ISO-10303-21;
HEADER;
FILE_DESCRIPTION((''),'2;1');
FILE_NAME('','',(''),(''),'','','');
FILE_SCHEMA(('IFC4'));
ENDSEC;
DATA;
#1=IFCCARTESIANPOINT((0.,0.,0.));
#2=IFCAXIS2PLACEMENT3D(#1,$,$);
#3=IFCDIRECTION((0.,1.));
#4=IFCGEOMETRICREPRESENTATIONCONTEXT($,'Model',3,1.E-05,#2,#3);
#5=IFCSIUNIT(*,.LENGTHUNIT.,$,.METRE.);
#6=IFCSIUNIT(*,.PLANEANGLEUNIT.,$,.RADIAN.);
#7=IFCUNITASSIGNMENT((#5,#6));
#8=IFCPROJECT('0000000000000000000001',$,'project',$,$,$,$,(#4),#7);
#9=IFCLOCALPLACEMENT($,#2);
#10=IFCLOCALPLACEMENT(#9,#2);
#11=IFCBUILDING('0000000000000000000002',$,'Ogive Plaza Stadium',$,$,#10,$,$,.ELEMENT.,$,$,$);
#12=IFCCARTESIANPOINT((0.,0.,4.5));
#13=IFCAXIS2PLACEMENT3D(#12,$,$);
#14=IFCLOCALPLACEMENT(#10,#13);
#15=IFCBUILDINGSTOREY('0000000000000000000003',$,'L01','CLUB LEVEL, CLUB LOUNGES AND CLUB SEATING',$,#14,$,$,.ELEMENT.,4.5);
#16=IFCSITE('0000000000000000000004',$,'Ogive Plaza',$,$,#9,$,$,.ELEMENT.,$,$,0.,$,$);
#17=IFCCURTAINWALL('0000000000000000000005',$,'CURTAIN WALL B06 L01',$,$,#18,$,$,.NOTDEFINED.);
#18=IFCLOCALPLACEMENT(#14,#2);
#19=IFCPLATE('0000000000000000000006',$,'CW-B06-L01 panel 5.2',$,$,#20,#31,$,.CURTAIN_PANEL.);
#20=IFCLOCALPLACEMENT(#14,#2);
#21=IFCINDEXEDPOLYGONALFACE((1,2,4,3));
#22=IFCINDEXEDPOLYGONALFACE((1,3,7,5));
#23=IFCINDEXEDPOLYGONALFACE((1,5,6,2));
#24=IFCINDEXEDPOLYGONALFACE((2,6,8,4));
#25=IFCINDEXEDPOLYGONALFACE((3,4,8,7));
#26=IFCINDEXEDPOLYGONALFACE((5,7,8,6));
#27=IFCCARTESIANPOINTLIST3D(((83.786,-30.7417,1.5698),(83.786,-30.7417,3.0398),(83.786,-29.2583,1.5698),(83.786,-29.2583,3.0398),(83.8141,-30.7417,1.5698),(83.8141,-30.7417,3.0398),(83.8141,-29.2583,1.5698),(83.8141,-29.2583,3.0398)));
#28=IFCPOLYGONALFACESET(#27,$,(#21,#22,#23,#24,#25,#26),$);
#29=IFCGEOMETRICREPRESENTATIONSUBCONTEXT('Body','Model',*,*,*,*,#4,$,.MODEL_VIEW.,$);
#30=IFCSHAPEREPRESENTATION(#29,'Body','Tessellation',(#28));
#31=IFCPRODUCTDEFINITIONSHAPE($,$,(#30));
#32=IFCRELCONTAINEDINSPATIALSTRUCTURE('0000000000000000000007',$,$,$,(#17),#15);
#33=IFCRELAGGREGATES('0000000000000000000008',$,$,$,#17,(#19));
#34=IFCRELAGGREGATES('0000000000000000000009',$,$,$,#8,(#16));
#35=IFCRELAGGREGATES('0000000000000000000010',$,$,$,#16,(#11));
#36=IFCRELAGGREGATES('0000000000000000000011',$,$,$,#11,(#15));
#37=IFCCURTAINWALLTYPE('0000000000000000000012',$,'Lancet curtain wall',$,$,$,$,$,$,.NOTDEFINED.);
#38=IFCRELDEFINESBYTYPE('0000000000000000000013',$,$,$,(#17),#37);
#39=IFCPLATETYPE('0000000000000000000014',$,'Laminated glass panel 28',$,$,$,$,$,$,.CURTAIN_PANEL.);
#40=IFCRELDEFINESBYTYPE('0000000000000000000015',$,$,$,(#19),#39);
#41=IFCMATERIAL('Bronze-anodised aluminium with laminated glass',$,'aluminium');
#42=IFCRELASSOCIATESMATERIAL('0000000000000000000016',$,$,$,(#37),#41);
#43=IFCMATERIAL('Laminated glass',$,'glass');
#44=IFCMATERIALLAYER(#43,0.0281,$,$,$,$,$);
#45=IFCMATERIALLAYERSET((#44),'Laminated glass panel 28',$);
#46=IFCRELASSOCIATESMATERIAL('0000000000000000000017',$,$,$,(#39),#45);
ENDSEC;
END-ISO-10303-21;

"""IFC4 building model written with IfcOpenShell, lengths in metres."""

from ifc_helpers import new_model, si_unit, direction, frame, origin, origin_2d, place, context, subcontext, project, spatial, rectangle, extrude, material, layer, layer_set, type_object, element, aggregate, save


model = new_model("IFC4")

# Units and contexts
model_context = context("Model", 3, precision=1e-05, world=origin(), true_north=direction((0.0, 1.0)))
body_context = subcontext(model_context, "Body", "Model", "MODEL_VIEW")
ifc_project = project(units=[si_unit("LENGTHUNIT", "METRE"), si_unit("PLANEANGLEUNIT", "RADIAN")], contexts=[model_context])

# Site, building, storey
site_placement = place(None, origin())
site = spatial("IfcSite", under=ifc_project, at=site_placement, Name="Ogive Plaza", CompositionType="ELEMENT", RefElevation=0.0)
building_placement = place(site_placement, origin())
building = spatial("IfcBuilding", under=site, at=building_placement, Name="Ogive Plaza Stadium", CompositionType="ELEMENT")
storey_placement = place(building_placement, frame((0.0, 0.0, 4.5)))
storey = spatial("IfcBuildingStorey", under=building, at=storey_placement, Name="L01", Description="CLUB LEVEL, CLUB LOUNGES AND CLUB SEATING", CompositionType="ELEMENT", Elevation=4.5)

# Shared definitions
ifc_material_1 = material(Name="Bronze-anodised aluminium with laminated glass", Category="aluminium")
curtain_wall_type = type_object("IfcCurtainWallType", Name="Lancet curtain wall", PredefinedType="NOTDEFINED", material=ifc_material_1)

# Curtain wall, plate
curtain_wall_1_placement = place(storey_placement, origin())
curtain_wall_1 = element("IfcCurtainWall", 1, at=curtain_wall_1_placement, inside=storey, type_object=curtain_wall_type, Name="CURTAIN WALL B06 L01", PredefinedType="NOTDEFINED")
ifc_material_2 = material(Name="Laminated glass", Category="glass")
ifc_layer = layer(ifc_material_2, 0.0281)
ifc_layer_set = layer_set([ifc_layer], Name="Laminated glass panel 28")
plate_type = type_object("IfcPlateType", Name="Laminated glass panel 28", PredefinedType="CURTAIN_PANEL", material=ifc_layer_set)
plate_1_placement = place(storey_placement, frame((83.8, -30.0, 1.5698), z_axis=(0.0, 0.0, 1.0), x_axis=(0.0, -1.0, 0.0)))
plate_1 = element("IfcPlate", 2, at=plate_1_placement, type_object=plate_type, Name="CW-B06-L01 panel 5.2", PredefinedType="CURTAIN_PANEL", context=body_context, shape_type="SweptSolid", body=[
    extrude(rectangle(XDim=1.4834, YDim=0.0281, at=origin_2d()), origin(), (0.0, 0.0, 1.0), 1.47),
])
aggregate(curtain_wall_1, [plate_1])

save(model, "model.ifc")
